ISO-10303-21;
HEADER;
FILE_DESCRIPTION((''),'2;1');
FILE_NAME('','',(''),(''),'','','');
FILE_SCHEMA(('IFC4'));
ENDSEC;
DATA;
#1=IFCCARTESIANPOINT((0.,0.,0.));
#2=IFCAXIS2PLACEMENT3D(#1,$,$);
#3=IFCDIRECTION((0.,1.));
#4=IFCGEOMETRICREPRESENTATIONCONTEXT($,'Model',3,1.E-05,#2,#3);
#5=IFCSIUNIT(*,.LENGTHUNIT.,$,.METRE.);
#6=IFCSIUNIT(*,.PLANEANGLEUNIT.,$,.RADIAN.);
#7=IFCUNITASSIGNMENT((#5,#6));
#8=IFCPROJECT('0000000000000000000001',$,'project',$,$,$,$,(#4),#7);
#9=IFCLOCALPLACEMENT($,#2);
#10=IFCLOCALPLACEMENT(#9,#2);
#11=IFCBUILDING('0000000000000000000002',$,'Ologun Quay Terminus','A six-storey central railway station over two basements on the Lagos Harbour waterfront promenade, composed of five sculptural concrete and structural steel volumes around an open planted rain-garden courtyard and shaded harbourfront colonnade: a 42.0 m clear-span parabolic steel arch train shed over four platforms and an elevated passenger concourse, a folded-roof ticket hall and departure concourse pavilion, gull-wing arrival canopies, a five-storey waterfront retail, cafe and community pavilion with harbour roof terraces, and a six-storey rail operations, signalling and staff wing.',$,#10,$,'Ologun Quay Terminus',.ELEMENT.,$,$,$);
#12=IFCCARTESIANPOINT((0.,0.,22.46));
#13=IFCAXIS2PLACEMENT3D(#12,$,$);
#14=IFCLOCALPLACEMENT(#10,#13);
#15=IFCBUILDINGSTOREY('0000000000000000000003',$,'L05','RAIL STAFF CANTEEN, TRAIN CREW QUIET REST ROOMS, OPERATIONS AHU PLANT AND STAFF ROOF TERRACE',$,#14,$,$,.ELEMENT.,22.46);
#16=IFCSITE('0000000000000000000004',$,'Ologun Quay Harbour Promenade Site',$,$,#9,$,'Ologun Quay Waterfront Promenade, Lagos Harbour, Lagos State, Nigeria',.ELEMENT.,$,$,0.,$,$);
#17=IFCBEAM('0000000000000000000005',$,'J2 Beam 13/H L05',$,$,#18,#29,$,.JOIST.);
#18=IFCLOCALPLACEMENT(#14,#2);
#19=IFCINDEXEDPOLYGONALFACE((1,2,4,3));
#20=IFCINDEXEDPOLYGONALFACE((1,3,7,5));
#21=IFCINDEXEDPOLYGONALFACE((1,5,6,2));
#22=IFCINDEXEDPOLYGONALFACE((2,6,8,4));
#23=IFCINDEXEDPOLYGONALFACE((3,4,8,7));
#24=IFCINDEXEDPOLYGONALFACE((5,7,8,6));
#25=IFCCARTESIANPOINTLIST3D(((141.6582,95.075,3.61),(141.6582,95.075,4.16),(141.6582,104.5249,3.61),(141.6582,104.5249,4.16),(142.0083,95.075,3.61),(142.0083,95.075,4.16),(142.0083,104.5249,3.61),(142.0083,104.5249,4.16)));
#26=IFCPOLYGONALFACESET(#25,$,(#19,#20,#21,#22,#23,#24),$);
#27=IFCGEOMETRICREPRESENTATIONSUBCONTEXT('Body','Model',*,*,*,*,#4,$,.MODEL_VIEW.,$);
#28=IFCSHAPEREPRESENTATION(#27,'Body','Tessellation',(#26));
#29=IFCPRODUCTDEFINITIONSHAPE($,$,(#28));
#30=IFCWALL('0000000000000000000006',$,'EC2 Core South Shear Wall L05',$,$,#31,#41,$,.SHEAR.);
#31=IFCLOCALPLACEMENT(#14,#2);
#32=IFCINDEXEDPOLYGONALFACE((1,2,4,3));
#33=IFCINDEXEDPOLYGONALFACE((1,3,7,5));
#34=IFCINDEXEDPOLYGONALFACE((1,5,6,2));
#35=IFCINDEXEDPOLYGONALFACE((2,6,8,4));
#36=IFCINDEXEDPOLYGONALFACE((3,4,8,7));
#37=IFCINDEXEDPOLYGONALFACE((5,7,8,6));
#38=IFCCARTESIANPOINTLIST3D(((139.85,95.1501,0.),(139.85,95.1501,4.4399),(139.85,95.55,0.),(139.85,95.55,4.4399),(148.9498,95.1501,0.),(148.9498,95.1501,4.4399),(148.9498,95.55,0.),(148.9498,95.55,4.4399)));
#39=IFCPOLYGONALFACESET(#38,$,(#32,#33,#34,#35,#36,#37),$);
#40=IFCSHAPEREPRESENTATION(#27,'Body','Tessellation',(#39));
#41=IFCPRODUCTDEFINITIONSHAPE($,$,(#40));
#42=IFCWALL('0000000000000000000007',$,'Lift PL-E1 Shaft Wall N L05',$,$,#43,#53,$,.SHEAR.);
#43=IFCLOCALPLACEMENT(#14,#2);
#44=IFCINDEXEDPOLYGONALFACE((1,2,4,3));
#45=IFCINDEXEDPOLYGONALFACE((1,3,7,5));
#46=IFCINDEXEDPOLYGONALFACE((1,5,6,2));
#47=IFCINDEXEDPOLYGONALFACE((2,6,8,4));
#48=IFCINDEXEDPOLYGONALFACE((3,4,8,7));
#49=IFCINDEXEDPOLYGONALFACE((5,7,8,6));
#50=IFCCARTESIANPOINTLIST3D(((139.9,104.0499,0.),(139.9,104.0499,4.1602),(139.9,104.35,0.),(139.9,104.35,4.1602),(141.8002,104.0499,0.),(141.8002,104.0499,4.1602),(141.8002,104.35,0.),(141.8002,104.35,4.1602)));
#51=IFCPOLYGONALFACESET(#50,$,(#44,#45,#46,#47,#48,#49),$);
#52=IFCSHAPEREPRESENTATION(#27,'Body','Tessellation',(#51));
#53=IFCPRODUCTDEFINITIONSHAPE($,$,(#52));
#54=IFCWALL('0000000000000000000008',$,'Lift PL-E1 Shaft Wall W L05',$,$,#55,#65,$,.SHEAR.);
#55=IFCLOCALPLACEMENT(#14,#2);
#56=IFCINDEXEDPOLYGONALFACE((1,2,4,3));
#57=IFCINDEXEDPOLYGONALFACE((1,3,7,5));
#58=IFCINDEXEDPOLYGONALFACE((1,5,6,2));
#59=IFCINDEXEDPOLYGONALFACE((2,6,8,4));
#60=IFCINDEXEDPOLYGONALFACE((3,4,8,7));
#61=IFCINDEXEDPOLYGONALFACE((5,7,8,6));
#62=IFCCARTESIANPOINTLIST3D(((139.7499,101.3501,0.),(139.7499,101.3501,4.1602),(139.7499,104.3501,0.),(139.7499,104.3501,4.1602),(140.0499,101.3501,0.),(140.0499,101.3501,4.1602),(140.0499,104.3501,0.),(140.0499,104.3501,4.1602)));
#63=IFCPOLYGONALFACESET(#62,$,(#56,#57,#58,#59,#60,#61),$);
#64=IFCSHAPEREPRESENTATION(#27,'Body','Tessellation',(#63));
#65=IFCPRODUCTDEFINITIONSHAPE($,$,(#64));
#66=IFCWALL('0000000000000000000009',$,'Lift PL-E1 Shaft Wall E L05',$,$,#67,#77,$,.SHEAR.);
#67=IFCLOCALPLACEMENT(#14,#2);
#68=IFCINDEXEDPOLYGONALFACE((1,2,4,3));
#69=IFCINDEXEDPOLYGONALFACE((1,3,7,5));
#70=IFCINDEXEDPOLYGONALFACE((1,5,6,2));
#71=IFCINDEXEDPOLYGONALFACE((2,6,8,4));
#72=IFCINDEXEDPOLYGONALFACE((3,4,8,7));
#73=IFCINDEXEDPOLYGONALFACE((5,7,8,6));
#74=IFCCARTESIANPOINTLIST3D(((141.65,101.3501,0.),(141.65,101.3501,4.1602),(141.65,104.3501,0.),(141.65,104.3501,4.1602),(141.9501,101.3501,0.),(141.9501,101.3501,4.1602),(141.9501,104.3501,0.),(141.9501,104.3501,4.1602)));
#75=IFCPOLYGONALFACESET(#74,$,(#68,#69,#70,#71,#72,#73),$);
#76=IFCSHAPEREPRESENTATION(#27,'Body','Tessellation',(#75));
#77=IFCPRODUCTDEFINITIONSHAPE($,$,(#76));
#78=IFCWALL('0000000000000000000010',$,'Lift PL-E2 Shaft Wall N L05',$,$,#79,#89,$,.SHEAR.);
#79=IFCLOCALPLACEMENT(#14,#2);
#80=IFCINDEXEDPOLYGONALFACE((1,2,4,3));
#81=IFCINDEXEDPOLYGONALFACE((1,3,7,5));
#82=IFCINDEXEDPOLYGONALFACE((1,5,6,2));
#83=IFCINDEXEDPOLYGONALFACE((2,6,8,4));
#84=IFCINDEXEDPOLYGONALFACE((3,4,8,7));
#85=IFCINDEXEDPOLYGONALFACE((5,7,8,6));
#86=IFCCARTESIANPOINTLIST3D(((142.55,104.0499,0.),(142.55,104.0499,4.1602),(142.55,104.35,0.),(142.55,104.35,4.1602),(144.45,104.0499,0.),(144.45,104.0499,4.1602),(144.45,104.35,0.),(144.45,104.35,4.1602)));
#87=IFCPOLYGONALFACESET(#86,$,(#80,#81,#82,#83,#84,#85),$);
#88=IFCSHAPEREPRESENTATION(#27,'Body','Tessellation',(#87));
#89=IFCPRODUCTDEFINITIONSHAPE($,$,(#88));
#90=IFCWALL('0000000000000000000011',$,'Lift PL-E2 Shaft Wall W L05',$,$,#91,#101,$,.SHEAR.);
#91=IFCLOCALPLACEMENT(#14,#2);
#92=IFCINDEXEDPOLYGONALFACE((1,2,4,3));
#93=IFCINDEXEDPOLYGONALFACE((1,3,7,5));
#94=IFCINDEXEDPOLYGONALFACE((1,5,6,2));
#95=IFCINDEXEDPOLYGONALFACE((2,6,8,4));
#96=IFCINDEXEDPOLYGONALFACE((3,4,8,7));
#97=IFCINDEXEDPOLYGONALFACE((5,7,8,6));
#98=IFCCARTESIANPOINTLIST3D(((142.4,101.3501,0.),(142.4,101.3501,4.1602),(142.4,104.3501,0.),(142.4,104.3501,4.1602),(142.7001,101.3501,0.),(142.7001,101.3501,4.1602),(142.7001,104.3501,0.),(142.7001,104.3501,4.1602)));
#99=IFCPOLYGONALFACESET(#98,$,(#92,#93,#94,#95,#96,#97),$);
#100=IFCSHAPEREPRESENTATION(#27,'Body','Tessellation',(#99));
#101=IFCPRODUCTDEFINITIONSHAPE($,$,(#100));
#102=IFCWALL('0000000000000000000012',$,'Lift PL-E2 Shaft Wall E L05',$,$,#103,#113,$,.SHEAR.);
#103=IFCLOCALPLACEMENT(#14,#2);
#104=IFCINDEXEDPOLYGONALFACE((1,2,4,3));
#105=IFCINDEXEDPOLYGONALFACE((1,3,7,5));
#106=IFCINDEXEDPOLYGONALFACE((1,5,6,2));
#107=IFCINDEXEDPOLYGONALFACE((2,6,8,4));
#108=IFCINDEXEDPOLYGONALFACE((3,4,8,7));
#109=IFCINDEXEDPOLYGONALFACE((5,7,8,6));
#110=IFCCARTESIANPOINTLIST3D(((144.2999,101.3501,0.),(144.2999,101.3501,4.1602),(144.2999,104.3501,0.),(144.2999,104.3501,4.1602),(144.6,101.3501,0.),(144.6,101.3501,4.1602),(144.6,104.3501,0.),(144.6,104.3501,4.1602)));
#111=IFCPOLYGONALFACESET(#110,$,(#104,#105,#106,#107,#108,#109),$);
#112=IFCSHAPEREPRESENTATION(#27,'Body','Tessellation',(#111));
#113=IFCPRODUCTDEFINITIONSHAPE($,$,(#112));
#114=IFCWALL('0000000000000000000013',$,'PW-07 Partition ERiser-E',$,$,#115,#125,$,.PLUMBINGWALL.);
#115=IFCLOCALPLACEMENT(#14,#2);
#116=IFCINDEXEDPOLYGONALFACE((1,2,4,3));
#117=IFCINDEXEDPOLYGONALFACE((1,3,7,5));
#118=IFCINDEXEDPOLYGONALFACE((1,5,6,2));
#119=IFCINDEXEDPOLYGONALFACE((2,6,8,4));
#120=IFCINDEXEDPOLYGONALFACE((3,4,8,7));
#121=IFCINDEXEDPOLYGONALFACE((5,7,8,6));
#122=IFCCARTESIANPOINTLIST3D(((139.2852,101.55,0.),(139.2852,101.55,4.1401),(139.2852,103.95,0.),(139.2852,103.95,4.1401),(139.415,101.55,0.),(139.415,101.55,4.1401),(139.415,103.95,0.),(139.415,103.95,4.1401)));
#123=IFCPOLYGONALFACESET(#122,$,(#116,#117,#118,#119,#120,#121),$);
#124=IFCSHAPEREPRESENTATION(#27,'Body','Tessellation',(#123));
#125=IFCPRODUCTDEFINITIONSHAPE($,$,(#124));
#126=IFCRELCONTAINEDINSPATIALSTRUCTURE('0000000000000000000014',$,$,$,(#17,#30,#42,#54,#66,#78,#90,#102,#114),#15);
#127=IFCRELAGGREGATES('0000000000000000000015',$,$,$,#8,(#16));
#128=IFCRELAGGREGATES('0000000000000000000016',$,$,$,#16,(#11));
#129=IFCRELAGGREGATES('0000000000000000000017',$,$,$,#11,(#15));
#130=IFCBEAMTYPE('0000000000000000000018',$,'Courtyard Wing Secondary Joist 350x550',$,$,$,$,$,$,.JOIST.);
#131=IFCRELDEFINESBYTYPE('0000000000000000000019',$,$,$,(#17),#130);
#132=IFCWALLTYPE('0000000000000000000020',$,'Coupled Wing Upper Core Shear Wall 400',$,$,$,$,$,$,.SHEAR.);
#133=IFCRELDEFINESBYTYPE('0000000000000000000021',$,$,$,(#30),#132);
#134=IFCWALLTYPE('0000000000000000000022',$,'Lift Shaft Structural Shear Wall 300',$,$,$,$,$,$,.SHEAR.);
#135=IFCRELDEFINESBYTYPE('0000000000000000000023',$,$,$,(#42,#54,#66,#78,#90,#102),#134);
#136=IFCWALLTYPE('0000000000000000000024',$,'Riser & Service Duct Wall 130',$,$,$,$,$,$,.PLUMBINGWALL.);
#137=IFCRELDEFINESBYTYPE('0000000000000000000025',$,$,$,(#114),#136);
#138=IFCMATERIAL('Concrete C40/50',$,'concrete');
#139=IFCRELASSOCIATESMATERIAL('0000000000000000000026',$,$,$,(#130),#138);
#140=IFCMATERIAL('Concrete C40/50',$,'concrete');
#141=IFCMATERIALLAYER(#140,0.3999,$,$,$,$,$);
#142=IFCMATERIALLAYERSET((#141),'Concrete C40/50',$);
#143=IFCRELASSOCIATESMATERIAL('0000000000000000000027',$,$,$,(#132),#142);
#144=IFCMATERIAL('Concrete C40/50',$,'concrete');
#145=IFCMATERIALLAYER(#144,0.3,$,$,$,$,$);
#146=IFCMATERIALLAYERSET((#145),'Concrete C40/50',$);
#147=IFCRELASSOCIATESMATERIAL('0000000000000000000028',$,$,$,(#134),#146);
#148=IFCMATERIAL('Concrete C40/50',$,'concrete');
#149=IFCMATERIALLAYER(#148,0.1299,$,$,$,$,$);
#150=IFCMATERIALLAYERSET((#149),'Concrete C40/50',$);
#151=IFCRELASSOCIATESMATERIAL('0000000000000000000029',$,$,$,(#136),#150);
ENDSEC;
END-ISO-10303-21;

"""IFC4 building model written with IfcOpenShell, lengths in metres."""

from ifc_helpers import new_model, si_unit, direction, frame, frame_2d, origin, origin_2d, place, context, subcontext, project, spatial, rectangle, extrude, material, layer, layer_set, material_profile, profile_set, type_object, element, save


model = new_model("IFC4")

# Units and contexts
model_context = context("Model", 3, precision=1e-05, world=origin(), true_north=direction((0.0, 1.0)))
body_context = subcontext(model_context, "Body", "Model", "MODEL_VIEW")
ifc_project = project(units=[si_unit("LENGTHUNIT", "METRE"), si_unit("PLANEANGLEUNIT", "RADIAN")], contexts=[model_context])

# Site, building, storey
site_placement = place(None, origin())
site = spatial("IfcSite", under=ifc_project, at=site_placement, Name="Ologun Quay Harbour Promenade Site", LongName="Ologun Quay Waterfront Promenade, Lagos Harbour, Lagos State, Nigeria", CompositionType="ELEMENT", RefElevation=0.0)
building_placement = place(site_placement, origin())
building = spatial("IfcBuilding", under=site, at=building_placement, Name="Ologun Quay Terminus", Description="A six-storey central railway station over two basements on the Lagos Harbour waterfront promenade, composed of five sculptural concrete and structural steel volumes around an open planted rain-garden courtyard and shaded harbourfront colonnade: a 42.0 m clear-span parabolic steel arch train shed over four platforms and an elevated passenger concourse, a folded-roof ticket hall and departure concourse pavilion, gull-wing arrival canopies, a five-storey waterfront retail, cafe and community pavilion with harbour roof terraces, and a six-storey rail operations, signalling and staff wing.", LongName="Ologun Quay Terminus", CompositionType="ELEMENT")
storey_placement = place(building_placement, frame((0.0, 0.0, 22.46)))
storey = spatial("IfcBuildingStorey", under=building, at=storey_placement, Name="L05", Description="RAIL STAFF CANTEEN, TRAIN CREW QUIET REST ROOMS, OPERATIONS AHU PLANT AND STAFF ROOF TERRACE", CompositionType="ELEMENT", Elevation=22.46)

# Beam
ifc_material_1 = material(Name="Concrete C40/50", Category="concrete")
ifc_material_profile = material_profile(ifc_material_1, rectangle(XDim=0.3501, YDim=0.55, at=origin_2d()), Name="RC 350x550")
ifc_profile_set = profile_set([ifc_material_profile], Name="Concrete C40/50")
beam_type = type_object("IfcBeamType", Name="Courtyard Wing Secondary Joist 350x550", PredefinedType="JOIST", material=ifc_profile_set)
beam_placement = place(storey_placement, frame((141.8333, 95.075, 3.885), z_axis=(0.0, 1.0, 0.0), x_axis=(-1.0, 0.0, 0.0)))
element("IfcBeam", 1, at=beam_placement, inside=storey, type_object=beam_type, Name="J2 Beam 13/H L05", PredefinedType="JOIST", context=body_context, shape_type="SweptSolid", body=[
    extrude(rectangle(XDim=0.3501, YDim=0.55, at=origin_2d()), origin(), (0.0, 0.0, 1.0), 9.45),
])

# Wall
ifc_material_2 = material(Name="Concrete C40/50", Category="concrete")
ifc_layer_1 = layer(ifc_material_2, 0.3999)
ifc_layer_set_1 = layer_set([ifc_layer_1], Name="Concrete C40/50")
wall_type_1 = type_object("IfcWallType", Name="Coupled Wing Upper Core Shear Wall 400", PredefinedType="SHEAR", material=ifc_layer_set_1)
wall_1_placement = place(storey_placement, frame((139.8501, 95.3501, 0.0), z_axis=(0.0, 0.0, 1.0), x_axis=(1.0, 0.0, 0.0)))
element("IfcWall", 2, at=wall_1_placement, inside=storey, type_object=wall_type_1, Name="EC2 Core South Shear Wall L05", PredefinedType="SHEAR", context=body_context, shape_type="SweptSolid", body=[
    extrude(rectangle(XDim=9.0999, YDim=0.3999, at=frame_2d((4.5498, 0.0))), origin(), (0.0, 0.0, 1.0), 4.4399),
])

# Shared definitions
ifc_material_3 = material(Name="Concrete C40/50", Category="concrete")
ifc_layer_2 = layer(ifc_material_3, 0.3)
ifc_layer_set_2 = layer_set([ifc_layer_2], Name="Concrete C40/50")
wall_type_2 = type_object("IfcWallType", Name="Lift Shaft Structural Shear Wall 300", PredefinedType="SHEAR", material=ifc_layer_set_2)

# Walls
wall_2_placement = place(storey_placement, frame((139.8999, 104.2, 0.0), z_axis=(0.0, 0.0, 1.0), x_axis=(1.0, 0.0, 0.0)))
element("IfcWall", 3, at=wall_2_placement, inside=storey, type_object=wall_type_2, Name="Lift PL-E1 Shaft Wall N L05", PredefinedType="SHEAR", context=body_context, shape_type="SweptSolid", body=[
    extrude(rectangle(XDim=1.9001, YDim=0.3, at=frame_2d((0.9502, 0.0))), origin(), (0.0, 0.0, 1.0), 4.1602),
])
for number, where, z_axis, x_axis, name in (
    (4, (139.8999, 101.3501, 0.0), (0.0, 0.0, 1.0), (0.0, 1.0, 0.0), "Lift PL-E1 Shaft Wall W L05"),
    (5, (141.8, 101.3501, 0.0), (0.0, 0.0, 1.0), (0.0, 1.0, 0.0), "Lift PL-E1 Shaft Wall E L05"),
):
    element("IfcWall", number, at=place(storey_placement, frame(where, z_axis=z_axis, x_axis=x_axis)), inside=storey, type_object=wall_type_2, Name=name, PredefinedType="SHEAR", context=body_context, shape_type="SweptSolid", body=[
        extrude(rectangle(XDim=3.0, YDim=0.3, at=frame_2d((1.5, 0.0))), origin(), (0.0, 0.0, 1.0), 4.1602),
    ])

# Walls
wall_3_placement = place(storey_placement, frame((142.55, 104.2, 0.0), z_axis=(0.0, 0.0, 1.0), x_axis=(1.0, 0.0, 0.0)))
element("IfcWall", 6, at=wall_3_placement, inside=storey, type_object=wall_type_2, Name="Lift PL-E2 Shaft Wall N L05", PredefinedType="SHEAR", context=body_context, shape_type="SweptSolid", body=[
    extrude(rectangle(XDim=1.8999, YDim=0.3, at=frame_2d((0.95, 0.0))), origin(), (0.0, 0.0, 1.0), 4.1602),
])
for number, where, z_axis, x_axis, name in (
    (7, (142.55, 101.3501, 0.0), (0.0, 0.0, 1.0), (0.0, 1.0, 0.0), "Lift PL-E2 Shaft Wall W L05"),
    (8, (144.45, 101.3501, 0.0), (0.0, 0.0, 1.0), (0.0, 1.0, 0.0), "Lift PL-E2 Shaft Wall E L05"),
):
    element("IfcWall", number, at=place(storey_placement, frame(where, z_axis=z_axis, x_axis=x_axis)), inside=storey, type_object=wall_type_2, Name=name, PredefinedType="SHEAR", context=body_context, shape_type="SweptSolid", body=[
        extrude(rectangle(XDim=3.0, YDim=0.3, at=frame_2d((1.5, 0.0))), origin(), (0.0, 0.0, 1.0), 4.1602),
    ])
ifc_material_4 = material(Name="Concrete C40/50", Category="concrete")
ifc_layer_3 = layer(ifc_material_4, 0.1299)
ifc_layer_set_3 = layer_set([ifc_layer_3], Name="Concrete C40/50")
wall_type_3 = type_object("IfcWallType", Name="Riser & Service Duct Wall 130", PredefinedType="PLUMBINGWALL", material=ifc_layer_set_3)
wall_4_placement = place(storey_placement, frame((139.3501, 101.55, 0.0), z_axis=(0.0, 0.0, 1.0), x_axis=(0.0, 1.0, 0.0)))
element("IfcWall", 9, at=wall_4_placement, inside=storey, type_object=wall_type_3, Name="PW-07 Partition ERiser-E", PredefinedType="PLUMBINGWALL", context=body_context, shape_type="SweptSolid", body=[
    extrude(rectangle(XDim=2.3999, YDim=0.1299, at=frame_2d((1.2, 0.0))), origin(), (0.0, 0.0, 1.0), 4.1401),
])

save(model, "model.ifc")
